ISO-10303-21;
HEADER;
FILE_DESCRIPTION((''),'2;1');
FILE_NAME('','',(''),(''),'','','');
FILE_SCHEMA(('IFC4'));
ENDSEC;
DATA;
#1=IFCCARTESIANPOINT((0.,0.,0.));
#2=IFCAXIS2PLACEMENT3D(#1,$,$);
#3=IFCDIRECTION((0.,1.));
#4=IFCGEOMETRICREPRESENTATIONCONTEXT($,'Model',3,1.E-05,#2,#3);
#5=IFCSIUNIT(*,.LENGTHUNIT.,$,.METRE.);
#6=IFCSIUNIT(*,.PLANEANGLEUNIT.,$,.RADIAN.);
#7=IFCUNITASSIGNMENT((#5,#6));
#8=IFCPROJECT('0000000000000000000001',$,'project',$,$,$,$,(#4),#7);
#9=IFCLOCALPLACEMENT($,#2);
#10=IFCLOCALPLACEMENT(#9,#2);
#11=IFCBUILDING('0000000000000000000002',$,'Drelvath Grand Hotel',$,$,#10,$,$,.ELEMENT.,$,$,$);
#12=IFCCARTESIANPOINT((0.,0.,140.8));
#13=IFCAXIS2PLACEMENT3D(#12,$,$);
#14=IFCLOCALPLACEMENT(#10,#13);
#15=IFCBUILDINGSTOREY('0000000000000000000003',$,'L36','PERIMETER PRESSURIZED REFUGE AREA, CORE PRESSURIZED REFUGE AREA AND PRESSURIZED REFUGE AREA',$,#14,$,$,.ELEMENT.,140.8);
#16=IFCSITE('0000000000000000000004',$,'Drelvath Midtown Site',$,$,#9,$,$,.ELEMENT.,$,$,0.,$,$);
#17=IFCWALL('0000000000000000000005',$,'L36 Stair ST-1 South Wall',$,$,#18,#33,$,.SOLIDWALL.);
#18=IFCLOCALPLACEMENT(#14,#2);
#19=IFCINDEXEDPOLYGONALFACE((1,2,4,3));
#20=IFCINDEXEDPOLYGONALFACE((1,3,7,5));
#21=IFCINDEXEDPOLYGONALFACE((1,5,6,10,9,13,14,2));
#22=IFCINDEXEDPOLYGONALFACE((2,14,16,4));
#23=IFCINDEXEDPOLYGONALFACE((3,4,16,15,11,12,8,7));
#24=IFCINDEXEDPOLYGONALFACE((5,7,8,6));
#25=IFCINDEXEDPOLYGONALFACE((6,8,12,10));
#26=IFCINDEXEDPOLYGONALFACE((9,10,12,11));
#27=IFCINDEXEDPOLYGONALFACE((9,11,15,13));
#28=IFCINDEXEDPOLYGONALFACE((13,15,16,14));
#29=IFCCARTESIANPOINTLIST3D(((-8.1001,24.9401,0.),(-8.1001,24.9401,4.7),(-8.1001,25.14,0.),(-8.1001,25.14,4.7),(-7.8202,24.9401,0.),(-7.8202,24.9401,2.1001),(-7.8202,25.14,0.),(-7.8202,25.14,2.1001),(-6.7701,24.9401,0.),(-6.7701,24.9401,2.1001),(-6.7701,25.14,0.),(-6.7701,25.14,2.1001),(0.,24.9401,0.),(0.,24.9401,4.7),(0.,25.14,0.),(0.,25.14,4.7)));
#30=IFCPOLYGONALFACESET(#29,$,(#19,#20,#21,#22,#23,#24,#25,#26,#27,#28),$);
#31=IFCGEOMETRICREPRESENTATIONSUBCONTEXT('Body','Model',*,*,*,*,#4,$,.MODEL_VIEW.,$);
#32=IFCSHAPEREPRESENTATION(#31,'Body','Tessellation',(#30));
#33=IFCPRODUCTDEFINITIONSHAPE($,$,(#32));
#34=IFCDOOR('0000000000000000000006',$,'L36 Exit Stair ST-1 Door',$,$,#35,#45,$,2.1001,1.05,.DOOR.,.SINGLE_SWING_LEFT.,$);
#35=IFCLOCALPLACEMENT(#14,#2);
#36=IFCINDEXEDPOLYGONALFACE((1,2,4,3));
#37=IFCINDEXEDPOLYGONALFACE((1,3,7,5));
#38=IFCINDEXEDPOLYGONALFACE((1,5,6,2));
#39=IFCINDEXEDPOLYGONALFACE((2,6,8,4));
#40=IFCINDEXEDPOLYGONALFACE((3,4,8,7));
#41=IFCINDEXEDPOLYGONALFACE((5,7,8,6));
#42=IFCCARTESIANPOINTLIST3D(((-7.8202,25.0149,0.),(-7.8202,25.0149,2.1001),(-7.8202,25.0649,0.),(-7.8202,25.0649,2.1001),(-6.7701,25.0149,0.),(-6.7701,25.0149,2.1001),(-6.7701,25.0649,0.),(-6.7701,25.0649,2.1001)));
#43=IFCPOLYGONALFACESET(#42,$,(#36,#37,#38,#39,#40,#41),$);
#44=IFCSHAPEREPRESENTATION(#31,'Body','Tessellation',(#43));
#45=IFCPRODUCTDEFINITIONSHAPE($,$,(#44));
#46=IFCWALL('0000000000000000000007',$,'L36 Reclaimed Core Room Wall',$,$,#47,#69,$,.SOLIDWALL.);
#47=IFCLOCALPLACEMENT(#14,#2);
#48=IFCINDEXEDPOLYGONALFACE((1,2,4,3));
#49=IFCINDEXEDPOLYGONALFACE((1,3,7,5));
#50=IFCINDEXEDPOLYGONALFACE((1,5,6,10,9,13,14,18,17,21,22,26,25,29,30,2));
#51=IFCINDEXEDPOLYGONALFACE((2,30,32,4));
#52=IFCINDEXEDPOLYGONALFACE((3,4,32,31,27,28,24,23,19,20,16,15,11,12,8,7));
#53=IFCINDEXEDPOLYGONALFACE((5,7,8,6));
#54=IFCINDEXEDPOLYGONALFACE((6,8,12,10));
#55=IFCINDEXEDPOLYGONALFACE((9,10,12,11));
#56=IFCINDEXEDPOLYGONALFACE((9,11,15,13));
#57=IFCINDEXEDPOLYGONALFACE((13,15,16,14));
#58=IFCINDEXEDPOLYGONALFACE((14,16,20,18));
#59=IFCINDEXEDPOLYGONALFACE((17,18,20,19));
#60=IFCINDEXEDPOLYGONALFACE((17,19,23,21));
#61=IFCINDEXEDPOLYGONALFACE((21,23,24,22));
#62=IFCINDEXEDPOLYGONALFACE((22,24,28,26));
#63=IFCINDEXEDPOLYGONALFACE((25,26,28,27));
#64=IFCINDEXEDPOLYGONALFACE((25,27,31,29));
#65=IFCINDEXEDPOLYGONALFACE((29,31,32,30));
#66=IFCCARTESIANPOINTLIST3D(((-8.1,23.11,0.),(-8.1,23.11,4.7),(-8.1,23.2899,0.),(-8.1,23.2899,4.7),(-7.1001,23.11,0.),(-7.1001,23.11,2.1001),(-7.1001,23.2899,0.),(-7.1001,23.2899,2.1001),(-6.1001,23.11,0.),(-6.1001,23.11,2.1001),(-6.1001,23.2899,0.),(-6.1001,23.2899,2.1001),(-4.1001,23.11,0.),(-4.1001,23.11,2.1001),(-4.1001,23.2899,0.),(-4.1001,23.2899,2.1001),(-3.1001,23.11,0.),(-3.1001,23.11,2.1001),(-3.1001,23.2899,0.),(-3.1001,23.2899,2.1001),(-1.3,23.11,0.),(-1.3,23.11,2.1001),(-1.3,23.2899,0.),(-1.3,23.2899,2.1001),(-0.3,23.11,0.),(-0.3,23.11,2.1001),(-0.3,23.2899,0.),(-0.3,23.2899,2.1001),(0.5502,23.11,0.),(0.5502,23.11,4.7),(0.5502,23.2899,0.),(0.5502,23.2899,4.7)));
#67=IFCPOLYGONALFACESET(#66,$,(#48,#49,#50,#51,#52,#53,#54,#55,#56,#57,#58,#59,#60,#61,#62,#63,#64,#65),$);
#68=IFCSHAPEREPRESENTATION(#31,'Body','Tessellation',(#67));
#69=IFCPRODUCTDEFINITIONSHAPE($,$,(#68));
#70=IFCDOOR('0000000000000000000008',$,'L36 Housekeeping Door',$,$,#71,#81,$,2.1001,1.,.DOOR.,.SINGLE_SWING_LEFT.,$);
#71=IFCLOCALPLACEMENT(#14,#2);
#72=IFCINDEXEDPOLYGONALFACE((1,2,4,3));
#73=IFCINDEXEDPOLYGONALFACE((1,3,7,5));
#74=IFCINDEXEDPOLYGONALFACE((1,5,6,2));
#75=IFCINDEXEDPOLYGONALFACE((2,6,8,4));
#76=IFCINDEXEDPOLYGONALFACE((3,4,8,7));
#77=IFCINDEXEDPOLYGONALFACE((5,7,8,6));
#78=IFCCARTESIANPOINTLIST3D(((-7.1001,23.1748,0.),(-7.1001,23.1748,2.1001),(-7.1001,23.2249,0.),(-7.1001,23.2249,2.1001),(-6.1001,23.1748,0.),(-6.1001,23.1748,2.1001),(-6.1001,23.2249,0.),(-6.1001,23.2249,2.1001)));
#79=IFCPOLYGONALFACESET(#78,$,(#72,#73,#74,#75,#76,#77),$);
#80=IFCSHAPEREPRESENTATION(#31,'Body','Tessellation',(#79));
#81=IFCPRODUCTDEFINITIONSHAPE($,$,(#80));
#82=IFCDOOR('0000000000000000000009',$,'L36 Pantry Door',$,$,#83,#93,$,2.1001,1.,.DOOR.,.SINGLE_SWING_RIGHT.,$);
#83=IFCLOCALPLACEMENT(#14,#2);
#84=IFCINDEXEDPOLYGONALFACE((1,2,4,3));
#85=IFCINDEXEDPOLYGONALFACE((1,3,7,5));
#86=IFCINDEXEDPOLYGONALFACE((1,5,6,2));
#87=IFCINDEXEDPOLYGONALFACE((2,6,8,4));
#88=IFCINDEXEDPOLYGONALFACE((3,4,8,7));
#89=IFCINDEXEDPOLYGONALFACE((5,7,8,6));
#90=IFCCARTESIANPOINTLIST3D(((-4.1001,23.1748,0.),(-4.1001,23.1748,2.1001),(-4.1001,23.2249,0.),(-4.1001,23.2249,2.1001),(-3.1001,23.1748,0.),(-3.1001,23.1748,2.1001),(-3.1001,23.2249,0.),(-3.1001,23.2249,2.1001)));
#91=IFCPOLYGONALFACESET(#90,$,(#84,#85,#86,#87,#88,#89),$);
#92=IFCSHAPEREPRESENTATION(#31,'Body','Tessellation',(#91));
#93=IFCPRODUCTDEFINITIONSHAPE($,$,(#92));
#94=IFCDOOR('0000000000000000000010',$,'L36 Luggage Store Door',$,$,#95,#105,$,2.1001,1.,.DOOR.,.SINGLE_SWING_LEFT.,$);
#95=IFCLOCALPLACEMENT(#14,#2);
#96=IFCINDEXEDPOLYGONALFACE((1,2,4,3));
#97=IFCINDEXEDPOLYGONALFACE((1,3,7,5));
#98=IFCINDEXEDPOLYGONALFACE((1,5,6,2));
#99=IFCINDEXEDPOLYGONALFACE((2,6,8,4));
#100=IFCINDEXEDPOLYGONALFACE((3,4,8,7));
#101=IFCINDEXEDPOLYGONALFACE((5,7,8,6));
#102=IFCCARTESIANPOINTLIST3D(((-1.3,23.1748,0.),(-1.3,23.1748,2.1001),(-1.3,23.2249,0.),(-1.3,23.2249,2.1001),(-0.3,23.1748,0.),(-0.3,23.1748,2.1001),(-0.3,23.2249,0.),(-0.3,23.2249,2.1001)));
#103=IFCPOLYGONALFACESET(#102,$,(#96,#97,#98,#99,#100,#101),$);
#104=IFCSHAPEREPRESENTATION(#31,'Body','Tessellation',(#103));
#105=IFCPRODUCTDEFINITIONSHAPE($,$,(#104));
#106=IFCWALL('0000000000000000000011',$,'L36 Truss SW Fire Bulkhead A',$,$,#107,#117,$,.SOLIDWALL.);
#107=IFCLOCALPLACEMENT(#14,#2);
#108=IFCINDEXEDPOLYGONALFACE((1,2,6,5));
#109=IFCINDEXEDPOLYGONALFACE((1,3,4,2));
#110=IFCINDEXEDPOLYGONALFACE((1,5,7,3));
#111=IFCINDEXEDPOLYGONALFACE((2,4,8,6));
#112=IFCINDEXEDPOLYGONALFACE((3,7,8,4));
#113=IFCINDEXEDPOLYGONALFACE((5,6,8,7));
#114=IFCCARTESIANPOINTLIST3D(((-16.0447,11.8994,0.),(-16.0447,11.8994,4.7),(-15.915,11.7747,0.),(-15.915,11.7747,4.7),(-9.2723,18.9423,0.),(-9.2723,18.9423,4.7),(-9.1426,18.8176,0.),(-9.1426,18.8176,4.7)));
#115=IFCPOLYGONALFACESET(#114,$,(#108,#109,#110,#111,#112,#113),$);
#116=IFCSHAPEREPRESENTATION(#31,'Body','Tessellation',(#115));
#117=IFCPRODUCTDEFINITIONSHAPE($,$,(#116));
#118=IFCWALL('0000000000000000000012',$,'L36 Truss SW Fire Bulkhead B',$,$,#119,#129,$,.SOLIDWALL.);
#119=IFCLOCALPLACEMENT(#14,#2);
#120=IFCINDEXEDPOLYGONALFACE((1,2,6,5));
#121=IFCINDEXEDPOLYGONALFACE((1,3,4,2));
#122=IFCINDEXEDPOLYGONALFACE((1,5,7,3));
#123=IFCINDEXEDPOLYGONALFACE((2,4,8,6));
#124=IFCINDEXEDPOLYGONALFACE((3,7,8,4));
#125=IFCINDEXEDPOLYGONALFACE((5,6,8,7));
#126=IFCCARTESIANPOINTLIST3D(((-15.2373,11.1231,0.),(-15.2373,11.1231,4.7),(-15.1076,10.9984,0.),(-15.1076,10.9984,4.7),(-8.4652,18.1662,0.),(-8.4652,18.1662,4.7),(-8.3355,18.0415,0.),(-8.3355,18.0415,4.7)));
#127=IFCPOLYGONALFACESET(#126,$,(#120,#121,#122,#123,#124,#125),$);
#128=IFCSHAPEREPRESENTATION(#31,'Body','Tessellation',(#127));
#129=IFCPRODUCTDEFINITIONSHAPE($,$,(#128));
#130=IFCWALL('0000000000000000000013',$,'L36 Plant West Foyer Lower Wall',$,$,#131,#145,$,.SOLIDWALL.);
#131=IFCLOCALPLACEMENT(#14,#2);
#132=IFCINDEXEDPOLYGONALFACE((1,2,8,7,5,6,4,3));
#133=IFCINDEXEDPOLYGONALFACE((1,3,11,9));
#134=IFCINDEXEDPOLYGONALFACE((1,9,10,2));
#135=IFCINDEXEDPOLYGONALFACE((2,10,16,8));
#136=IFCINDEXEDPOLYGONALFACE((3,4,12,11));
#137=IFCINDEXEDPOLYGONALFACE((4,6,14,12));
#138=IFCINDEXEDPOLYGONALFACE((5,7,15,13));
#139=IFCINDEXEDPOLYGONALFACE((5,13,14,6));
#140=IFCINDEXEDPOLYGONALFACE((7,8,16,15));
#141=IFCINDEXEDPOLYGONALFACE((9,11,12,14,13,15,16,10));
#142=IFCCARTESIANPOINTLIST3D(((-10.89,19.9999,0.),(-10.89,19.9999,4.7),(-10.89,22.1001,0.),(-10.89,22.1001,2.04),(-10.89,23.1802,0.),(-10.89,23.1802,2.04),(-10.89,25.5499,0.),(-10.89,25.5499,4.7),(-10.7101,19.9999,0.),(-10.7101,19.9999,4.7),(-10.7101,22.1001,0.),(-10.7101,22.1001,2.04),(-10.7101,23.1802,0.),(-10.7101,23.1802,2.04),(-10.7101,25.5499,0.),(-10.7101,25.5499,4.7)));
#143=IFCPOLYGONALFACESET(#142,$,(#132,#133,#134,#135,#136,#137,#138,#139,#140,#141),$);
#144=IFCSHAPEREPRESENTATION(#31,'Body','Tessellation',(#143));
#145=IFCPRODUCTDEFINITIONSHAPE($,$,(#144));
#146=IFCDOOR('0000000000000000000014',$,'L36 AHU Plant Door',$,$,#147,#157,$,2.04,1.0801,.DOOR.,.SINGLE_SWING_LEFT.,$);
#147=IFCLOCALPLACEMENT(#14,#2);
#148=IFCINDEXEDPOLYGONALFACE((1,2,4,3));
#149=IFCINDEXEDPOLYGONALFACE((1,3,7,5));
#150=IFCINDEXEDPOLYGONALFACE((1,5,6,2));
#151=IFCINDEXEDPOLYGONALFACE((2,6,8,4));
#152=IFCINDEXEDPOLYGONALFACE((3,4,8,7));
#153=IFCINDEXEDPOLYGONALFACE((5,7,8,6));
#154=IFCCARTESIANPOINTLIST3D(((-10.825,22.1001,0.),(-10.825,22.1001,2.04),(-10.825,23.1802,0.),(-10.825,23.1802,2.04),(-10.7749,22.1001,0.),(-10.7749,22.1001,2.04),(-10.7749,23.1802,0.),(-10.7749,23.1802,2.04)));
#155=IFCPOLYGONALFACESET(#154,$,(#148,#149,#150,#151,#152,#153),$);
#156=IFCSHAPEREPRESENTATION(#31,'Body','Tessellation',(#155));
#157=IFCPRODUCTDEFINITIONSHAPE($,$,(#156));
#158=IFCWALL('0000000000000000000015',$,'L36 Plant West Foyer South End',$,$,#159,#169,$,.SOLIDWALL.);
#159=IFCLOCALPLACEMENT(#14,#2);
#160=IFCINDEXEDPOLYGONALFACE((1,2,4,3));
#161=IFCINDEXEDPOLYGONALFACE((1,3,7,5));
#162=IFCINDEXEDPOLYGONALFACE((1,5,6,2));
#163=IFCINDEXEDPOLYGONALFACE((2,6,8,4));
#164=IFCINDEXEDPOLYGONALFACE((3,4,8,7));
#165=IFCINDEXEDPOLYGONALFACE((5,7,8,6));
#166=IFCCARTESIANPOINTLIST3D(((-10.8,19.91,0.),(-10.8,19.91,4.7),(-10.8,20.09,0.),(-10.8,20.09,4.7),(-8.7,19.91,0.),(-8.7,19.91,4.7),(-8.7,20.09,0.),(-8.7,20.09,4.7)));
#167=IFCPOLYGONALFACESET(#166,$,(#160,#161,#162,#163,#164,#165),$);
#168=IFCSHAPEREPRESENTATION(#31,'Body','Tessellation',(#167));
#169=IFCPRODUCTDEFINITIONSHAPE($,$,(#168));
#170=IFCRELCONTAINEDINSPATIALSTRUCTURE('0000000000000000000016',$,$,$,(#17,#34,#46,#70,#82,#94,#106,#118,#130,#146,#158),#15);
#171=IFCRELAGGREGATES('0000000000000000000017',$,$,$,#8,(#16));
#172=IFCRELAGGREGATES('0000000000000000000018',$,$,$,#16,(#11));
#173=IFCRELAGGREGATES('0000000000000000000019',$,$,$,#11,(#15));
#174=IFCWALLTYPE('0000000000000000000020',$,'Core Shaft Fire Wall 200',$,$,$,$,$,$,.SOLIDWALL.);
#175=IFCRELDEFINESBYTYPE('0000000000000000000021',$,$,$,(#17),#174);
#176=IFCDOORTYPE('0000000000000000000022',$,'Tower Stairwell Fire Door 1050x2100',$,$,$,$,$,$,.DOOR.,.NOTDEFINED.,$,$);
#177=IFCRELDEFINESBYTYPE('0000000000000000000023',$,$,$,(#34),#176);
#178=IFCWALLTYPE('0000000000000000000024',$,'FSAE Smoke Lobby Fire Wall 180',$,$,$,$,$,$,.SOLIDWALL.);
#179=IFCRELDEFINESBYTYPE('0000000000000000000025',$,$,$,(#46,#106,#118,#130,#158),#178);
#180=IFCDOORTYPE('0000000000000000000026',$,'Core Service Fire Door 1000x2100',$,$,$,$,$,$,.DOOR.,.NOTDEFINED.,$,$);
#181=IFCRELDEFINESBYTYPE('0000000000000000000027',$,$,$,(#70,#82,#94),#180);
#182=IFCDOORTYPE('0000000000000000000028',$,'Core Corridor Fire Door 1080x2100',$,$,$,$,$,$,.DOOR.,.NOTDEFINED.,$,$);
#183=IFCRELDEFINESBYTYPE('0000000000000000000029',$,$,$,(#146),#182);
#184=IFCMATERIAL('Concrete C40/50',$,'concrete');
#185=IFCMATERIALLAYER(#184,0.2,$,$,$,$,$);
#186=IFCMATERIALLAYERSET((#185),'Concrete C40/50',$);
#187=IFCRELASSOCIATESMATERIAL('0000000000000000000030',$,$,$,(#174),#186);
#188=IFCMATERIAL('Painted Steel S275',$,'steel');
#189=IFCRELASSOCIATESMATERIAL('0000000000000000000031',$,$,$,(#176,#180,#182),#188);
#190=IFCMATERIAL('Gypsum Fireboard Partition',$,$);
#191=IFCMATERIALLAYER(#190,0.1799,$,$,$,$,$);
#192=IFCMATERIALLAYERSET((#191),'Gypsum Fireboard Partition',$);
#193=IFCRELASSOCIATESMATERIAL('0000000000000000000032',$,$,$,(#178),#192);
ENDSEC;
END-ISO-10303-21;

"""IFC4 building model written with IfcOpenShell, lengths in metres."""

from ifc_helpers import new_model, si_unit, direction, frame, frame_2d, origin, place, context, subcontext, project, spatial, rectangle, extrude, material, layer, layer_set, type_object, element, fill, save


model = new_model("IFC4")

# Units and contexts
model_context = context("Model", 3, precision=1e-05, world=origin(), true_north=direction((0.0, 1.0)))
body_context = subcontext(model_context, "Body", "Model", "MODEL_VIEW")
ifc_project = project(units=[si_unit("LENGTHUNIT", "METRE"), si_unit("PLANEANGLEUNIT", "RADIAN")], contexts=[model_context])

# Site, building, storey
site_placement = place(None, origin())
site = spatial("IfcSite", under=ifc_project, at=site_placement, Name="Drelvath Midtown Site", CompositionType="ELEMENT", RefElevation=0.0)
building_placement = place(site_placement, origin())
building = spatial("IfcBuilding", under=site, at=building_placement, Name="Drelvath Grand Hotel", CompositionType="ELEMENT")
storey_placement = place(building_placement, frame((0.0, 0.0, 140.8)))
storey = spatial("IfcBuildingStorey", under=building, at=storey_placement, Name="L36", Description="PERIMETER PRESSURIZED REFUGE AREA, CORE PRESSURIZED REFUGE AREA AND PRESSURIZED REFUGE AREA", CompositionType="ELEMENT", Elevation=140.8)

# Wall, opening, door
ifc_material_1 = material(Name="Concrete C40/50", Category="concrete")
ifc_layer_1 = layer(ifc_material_1, 0.2)
ifc_layer_set_1 = layer_set([ifc_layer_1], Name="Concrete C40/50")
wall_type_1 = type_object("IfcWallType", Name="Core Shaft Fire Wall 200", PredefinedType="SOLIDWALL", material=ifc_layer_set_1)
wall_1_placement = place(storey_placement, frame((-8.1001, 25.04, 0.0), z_axis=(0.0, 0.0, 1.0), x_axis=(1.0, 0.0, 0.0)))
wall_1 = element("IfcWall", 1, at=wall_1_placement, inside=storey, type_object=wall_type_1, Name="L36 Stair ST-1 South Wall", PredefinedType="SOLIDWALL", context=body_context, shape_type="SweptSolid", body=[
    extrude(rectangle(XDim=8.1001, YDim=0.2, at=frame_2d((4.05, 0.0))), origin(), (0.0, 0.0, 1.0), 4.7),
])
opening_1_placement = place(wall_1_placement, frame((0.28, 0.0, 0.0)))
opening_1 = element("IfcOpeningElement", 2, at=opening_1_placement, cuts=wall_1, PredefinedType="OPENING", context=body_context, shape_type="SweptSolid", body=[
    extrude(rectangle(XDim=1.05, YDim=2.1001, at=frame_2d((0.5249, 1.05))), frame((0.0, 0.1099, 0.0), z_axis=(0.0, -1.0, 0.0), x_axis=(1.0, 0.0, 0.0)), (0.0, 0.0, 1.0), 0.22),
])
ifc_material_2 = material(Name="Painted Steel S275", Category="steel")
door_type_1 = type_object("IfcDoorType", Name="Tower Stairwell Fire Door 1050x2100", OperationType="NOTDEFINED", PredefinedType="DOOR", material=ifc_material_2)
door_1_placement = place(opening_1_placement, origin())
door_1 = element("IfcDoor", 3, at=door_1_placement, inside=storey, type_object=door_type_1, Name="L36 Exit Stair ST-1 Door", OperationType="SINGLE_SWING_LEFT", OverallHeight=2.1001, OverallWidth=1.05, PredefinedType="DOOR", context=body_context, shape_type="SweptSolid", body=[
    extrude(rectangle(XDim=1.05, YDim=2.1001, at=frame_2d((0.5249, 1.05))), frame((0.0, 0.0249, 0.0), z_axis=(0.0, -1.0, 0.0), x_axis=(1.0, 0.0, 0.0)), (0.0, 0.0, 1.0), 0.05),
])
fill(opening_1, door_1)

# Wall, openings, doors
ifc_material_3 = material(Name="Gypsum Fireboard Partition")
ifc_layer_2 = layer(ifc_material_3, 0.1799)
ifc_layer_set_2 = layer_set([ifc_layer_2], Name="Gypsum Fireboard Partition")
wall_type_2 = type_object("IfcWallType", Name="FSAE Smoke Lobby Fire Wall 180", PredefinedType="SOLIDWALL", material=ifc_layer_set_2)
wall_2_placement = place(storey_placement, frame((-8.1001, 23.2, 0.0), z_axis=(0.0, 0.0, 1.0), x_axis=(1.0, 0.0, 0.0)))
wall_2 = element("IfcWall", 4, at=wall_2_placement, inside=storey, type_object=wall_type_2, Name="L36 Reclaimed Core Room Wall", PredefinedType="SOLIDWALL", context=body_context, shape_type="SweptSolid", body=[
    extrude(rectangle(XDim=8.6501, YDim=0.1799, at=frame_2d((4.3252, 0.0))), origin(), (0.0, 0.0, 1.0), 4.7),
])
opening_2_placement = place(wall_2_placement, frame((1.0, 0.0, 0.0)))
opening_2 = element("IfcOpeningElement", 5, at=opening_2_placement, cuts=wall_2, PredefinedType="OPENING", context=body_context, shape_type="SweptSolid", body=[
    extrude(rectangle(XDim=1.0, YDim=2.1001, at=frame_2d((0.5, 1.05))), frame((0.0, 0.0999, 0.0), z_axis=(0.0, -1.0, 0.0), x_axis=(1.0, 0.0, 0.0)), (0.0, 0.0, 1.0), 0.2),
])
opening_3_placement = place(wall_2_placement, frame((4.0, 0.0, 0.0)))
opening_3 = element("IfcOpeningElement", 6, at=opening_3_placement, cuts=wall_2, PredefinedType="OPENING", context=body_context, shape_type="SweptSolid", body=[
    extrude(rectangle(XDim=1.0, YDim=2.1001, at=frame_2d((0.5, 1.05))), frame((0.0, 0.0999, 0.0), z_axis=(0.0, -1.0, 0.0), x_axis=(1.0, 0.0, 0.0)), (0.0, 0.0, 1.0), 0.2),
])
opening_4_placement = place(wall_2_placement, frame((6.8, 0.0, 0.0)))
opening_4 = element("IfcOpeningElement", 7, at=opening_4_placement, cuts=wall_2, PredefinedType="OPENING", context=body_context, shape_type="SweptSolid", body=[
    extrude(rectangle(XDim=1.0, YDim=2.1001, at=frame_2d((0.5, 1.05))), frame((0.0, 0.0999, 0.0), z_axis=(0.0, -1.0, 0.0), x_axis=(1.0, 0.0, 0.0)), (0.0, 0.0, 1.0), 0.2),
])
door_type_2 = type_object("IfcDoorType", Name="Core Service Fire Door 1000x2100", OperationType="NOTDEFINED", PredefinedType="DOOR", material=ifc_material_2)
door_2_placement = place(opening_2_placement, origin())
door_2 = element("IfcDoor", 8, at=door_2_placement, inside=storey, type_object=door_type_2, Name="L36 Housekeeping Door", OperationType="SINGLE_SWING_LEFT", OverallHeight=2.1001, OverallWidth=1.0, PredefinedType="DOOR", context=body_context, shape_type="SweptSolid", body=[
    extrude(rectangle(XDim=1.0, YDim=2.1001, at=frame_2d((0.5, 1.05))), frame((0.0, 0.0249, 0.0), z_axis=(0.0, -1.0, 0.0), x_axis=(1.0, 0.0, 0.0)), (0.0, 0.0, 1.0), 0.05),
])
fill(opening_2, door_2)
door_3_placement = place(opening_3_placement, origin())
door_3 = element("IfcDoor", 9, at=door_3_placement, inside=storey, type_object=door_type_2, Name="L36 Pantry Door", OperationType="SINGLE_SWING_RIGHT", OverallHeight=2.1001, OverallWidth=1.0, PredefinedType="DOOR", context=body_context, shape_type="SweptSolid", body=[
    extrude(rectangle(XDim=1.0, YDim=2.1001, at=frame_2d((0.5, 1.05))), frame((0.0, 0.0249, 0.0), z_axis=(0.0, -1.0, 0.0), x_axis=(1.0, 0.0, 0.0)), (0.0, 0.0, 1.0), 0.05),
])
fill(opening_3, door_3)
door_4_placement = place(opening_4_placement, origin())
door_4 = element("IfcDoor", 10, at=door_4_placement, inside=storey, type_object=door_type_2, Name="L36 Luggage Store Door", OperationType="SINGLE_SWING_LEFT", OverallHeight=2.1001, OverallWidth=1.0, PredefinedType="DOOR", context=body_context, shape_type="SweptSolid", body=[
    extrude(rectangle(XDim=1.0, YDim=2.1001, at=frame_2d((0.5, 1.05))), frame((0.0, 0.0249, 0.0), z_axis=(0.0, -1.0, 0.0), x_axis=(1.0, 0.0, 0.0)), (0.0, 0.0, 1.0), 0.05),
])
fill(opening_4, door_4)

# Walls
for number, where, z_axis, x_axis, name in (
    (11, (-9.2075, 18.8799, 0.0), (0.0, 0.0, 1.0), (-0.693129, -0.720814, 0.0), "L36 Truss SW Fire Bulkhead A"),
    (12, (-8.4004, 18.1038, 0.0), (0.0, 0.0, 1.0), (-0.693103, -0.720838, 0.0), "L36 Truss SW Fire Bulkhead B"),
):
    element("IfcWall", number, at=place(storey_placement, frame(where, z_axis=z_axis, x_axis=x_axis)), inside=storey, type_object=wall_type_2, Name=name, PredefinedType="SOLIDWALL", context=body_context, shape_type="SweptSolid", body=[
        extrude(rectangle(XDim=9.7708, YDim=0.1799, at=frame_2d((4.8853, 0.0))), origin(), (0.0, 0.0, 1.0), 4.7),
    ])

# Wall, opening, door
wall_3_placement = place(storey_placement, frame((-10.8, 20.0, 0.0), z_axis=(0.0, 0.0, 1.0), x_axis=(0.0, 1.0, 0.0)))
wall_3 = element("IfcWall", 13, at=wall_3_placement, inside=storey, type_object=wall_type_2, Name="L36 Plant West Foyer Lower Wall", PredefinedType="SOLIDWALL", context=body_context, shape_type="SweptSolid", body=[
    extrude(rectangle(XDim=5.55, YDim=0.1799, at=frame_2d((2.7749, 0.0))), origin(), (0.0, 0.0, 1.0), 4.7),
])
opening_5_placement = place(wall_3_placement, frame((2.1001, 0.0, 0.0)))
opening_5 = element("IfcOpeningElement", 14, at=opening_5_placement, cuts=wall_3, PredefinedType="OPENING", context=body_context, shape_type="SweptSolid", body=[
    extrude(rectangle(XDim=1.0801, YDim=2.04, at=frame_2d((0.54, 1.02))), frame((0.0, 0.0999, 0.0), z_axis=(0.0, -1.0, 0.0), x_axis=(1.0, 0.0, 0.0)), (0.0, 0.0, 1.0), 0.2),
])
door_type_3 = type_object("IfcDoorType", Name="Core Corridor Fire Door 1080x2100", OperationType="NOTDEFINED", PredefinedType="DOOR", material=ifc_material_2)
door_5_placement = place(opening_5_placement, origin())
door_5 = element("IfcDoor", 15, at=door_5_placement, inside=storey, type_object=door_type_3, Name="L36 AHU Plant Door", OperationType="SINGLE_SWING_LEFT", OverallHeight=2.04, OverallWidth=1.0801, PredefinedType="DOOR", context=body_context, shape_type="SweptSolid", body=[
    extrude(rectangle(XDim=1.0801, YDim=2.04, at=frame_2d((0.54, 1.02))), frame((0.0, 0.0249, 0.0), z_axis=(0.0, -1.0, 0.0), x_axis=(1.0, 0.0, 0.0)), (0.0, 0.0, 1.0), 0.05),
])
fill(opening_5, door_5)

# Wall
wall_4_placement = place(storey_placement, frame((-10.8, 20.0, 0.0), z_axis=(0.0, 0.0, 1.0), x_axis=(1.0, 0.0, 0.0)))
element("IfcWall", 16, at=wall_4_placement, inside=storey, type_object=wall_type_2, Name="L36 Plant West Foyer South End", PredefinedType="SOLIDWALL", context=body_context, shape_type="SweptSolid", body=[
    extrude(rectangle(XDim=2.1001, YDim=0.1799, at=frame_2d((1.05, 0.0))), origin(), (0.0, 0.0, 1.0), 4.7),
])

save(model, "model.ifc")
